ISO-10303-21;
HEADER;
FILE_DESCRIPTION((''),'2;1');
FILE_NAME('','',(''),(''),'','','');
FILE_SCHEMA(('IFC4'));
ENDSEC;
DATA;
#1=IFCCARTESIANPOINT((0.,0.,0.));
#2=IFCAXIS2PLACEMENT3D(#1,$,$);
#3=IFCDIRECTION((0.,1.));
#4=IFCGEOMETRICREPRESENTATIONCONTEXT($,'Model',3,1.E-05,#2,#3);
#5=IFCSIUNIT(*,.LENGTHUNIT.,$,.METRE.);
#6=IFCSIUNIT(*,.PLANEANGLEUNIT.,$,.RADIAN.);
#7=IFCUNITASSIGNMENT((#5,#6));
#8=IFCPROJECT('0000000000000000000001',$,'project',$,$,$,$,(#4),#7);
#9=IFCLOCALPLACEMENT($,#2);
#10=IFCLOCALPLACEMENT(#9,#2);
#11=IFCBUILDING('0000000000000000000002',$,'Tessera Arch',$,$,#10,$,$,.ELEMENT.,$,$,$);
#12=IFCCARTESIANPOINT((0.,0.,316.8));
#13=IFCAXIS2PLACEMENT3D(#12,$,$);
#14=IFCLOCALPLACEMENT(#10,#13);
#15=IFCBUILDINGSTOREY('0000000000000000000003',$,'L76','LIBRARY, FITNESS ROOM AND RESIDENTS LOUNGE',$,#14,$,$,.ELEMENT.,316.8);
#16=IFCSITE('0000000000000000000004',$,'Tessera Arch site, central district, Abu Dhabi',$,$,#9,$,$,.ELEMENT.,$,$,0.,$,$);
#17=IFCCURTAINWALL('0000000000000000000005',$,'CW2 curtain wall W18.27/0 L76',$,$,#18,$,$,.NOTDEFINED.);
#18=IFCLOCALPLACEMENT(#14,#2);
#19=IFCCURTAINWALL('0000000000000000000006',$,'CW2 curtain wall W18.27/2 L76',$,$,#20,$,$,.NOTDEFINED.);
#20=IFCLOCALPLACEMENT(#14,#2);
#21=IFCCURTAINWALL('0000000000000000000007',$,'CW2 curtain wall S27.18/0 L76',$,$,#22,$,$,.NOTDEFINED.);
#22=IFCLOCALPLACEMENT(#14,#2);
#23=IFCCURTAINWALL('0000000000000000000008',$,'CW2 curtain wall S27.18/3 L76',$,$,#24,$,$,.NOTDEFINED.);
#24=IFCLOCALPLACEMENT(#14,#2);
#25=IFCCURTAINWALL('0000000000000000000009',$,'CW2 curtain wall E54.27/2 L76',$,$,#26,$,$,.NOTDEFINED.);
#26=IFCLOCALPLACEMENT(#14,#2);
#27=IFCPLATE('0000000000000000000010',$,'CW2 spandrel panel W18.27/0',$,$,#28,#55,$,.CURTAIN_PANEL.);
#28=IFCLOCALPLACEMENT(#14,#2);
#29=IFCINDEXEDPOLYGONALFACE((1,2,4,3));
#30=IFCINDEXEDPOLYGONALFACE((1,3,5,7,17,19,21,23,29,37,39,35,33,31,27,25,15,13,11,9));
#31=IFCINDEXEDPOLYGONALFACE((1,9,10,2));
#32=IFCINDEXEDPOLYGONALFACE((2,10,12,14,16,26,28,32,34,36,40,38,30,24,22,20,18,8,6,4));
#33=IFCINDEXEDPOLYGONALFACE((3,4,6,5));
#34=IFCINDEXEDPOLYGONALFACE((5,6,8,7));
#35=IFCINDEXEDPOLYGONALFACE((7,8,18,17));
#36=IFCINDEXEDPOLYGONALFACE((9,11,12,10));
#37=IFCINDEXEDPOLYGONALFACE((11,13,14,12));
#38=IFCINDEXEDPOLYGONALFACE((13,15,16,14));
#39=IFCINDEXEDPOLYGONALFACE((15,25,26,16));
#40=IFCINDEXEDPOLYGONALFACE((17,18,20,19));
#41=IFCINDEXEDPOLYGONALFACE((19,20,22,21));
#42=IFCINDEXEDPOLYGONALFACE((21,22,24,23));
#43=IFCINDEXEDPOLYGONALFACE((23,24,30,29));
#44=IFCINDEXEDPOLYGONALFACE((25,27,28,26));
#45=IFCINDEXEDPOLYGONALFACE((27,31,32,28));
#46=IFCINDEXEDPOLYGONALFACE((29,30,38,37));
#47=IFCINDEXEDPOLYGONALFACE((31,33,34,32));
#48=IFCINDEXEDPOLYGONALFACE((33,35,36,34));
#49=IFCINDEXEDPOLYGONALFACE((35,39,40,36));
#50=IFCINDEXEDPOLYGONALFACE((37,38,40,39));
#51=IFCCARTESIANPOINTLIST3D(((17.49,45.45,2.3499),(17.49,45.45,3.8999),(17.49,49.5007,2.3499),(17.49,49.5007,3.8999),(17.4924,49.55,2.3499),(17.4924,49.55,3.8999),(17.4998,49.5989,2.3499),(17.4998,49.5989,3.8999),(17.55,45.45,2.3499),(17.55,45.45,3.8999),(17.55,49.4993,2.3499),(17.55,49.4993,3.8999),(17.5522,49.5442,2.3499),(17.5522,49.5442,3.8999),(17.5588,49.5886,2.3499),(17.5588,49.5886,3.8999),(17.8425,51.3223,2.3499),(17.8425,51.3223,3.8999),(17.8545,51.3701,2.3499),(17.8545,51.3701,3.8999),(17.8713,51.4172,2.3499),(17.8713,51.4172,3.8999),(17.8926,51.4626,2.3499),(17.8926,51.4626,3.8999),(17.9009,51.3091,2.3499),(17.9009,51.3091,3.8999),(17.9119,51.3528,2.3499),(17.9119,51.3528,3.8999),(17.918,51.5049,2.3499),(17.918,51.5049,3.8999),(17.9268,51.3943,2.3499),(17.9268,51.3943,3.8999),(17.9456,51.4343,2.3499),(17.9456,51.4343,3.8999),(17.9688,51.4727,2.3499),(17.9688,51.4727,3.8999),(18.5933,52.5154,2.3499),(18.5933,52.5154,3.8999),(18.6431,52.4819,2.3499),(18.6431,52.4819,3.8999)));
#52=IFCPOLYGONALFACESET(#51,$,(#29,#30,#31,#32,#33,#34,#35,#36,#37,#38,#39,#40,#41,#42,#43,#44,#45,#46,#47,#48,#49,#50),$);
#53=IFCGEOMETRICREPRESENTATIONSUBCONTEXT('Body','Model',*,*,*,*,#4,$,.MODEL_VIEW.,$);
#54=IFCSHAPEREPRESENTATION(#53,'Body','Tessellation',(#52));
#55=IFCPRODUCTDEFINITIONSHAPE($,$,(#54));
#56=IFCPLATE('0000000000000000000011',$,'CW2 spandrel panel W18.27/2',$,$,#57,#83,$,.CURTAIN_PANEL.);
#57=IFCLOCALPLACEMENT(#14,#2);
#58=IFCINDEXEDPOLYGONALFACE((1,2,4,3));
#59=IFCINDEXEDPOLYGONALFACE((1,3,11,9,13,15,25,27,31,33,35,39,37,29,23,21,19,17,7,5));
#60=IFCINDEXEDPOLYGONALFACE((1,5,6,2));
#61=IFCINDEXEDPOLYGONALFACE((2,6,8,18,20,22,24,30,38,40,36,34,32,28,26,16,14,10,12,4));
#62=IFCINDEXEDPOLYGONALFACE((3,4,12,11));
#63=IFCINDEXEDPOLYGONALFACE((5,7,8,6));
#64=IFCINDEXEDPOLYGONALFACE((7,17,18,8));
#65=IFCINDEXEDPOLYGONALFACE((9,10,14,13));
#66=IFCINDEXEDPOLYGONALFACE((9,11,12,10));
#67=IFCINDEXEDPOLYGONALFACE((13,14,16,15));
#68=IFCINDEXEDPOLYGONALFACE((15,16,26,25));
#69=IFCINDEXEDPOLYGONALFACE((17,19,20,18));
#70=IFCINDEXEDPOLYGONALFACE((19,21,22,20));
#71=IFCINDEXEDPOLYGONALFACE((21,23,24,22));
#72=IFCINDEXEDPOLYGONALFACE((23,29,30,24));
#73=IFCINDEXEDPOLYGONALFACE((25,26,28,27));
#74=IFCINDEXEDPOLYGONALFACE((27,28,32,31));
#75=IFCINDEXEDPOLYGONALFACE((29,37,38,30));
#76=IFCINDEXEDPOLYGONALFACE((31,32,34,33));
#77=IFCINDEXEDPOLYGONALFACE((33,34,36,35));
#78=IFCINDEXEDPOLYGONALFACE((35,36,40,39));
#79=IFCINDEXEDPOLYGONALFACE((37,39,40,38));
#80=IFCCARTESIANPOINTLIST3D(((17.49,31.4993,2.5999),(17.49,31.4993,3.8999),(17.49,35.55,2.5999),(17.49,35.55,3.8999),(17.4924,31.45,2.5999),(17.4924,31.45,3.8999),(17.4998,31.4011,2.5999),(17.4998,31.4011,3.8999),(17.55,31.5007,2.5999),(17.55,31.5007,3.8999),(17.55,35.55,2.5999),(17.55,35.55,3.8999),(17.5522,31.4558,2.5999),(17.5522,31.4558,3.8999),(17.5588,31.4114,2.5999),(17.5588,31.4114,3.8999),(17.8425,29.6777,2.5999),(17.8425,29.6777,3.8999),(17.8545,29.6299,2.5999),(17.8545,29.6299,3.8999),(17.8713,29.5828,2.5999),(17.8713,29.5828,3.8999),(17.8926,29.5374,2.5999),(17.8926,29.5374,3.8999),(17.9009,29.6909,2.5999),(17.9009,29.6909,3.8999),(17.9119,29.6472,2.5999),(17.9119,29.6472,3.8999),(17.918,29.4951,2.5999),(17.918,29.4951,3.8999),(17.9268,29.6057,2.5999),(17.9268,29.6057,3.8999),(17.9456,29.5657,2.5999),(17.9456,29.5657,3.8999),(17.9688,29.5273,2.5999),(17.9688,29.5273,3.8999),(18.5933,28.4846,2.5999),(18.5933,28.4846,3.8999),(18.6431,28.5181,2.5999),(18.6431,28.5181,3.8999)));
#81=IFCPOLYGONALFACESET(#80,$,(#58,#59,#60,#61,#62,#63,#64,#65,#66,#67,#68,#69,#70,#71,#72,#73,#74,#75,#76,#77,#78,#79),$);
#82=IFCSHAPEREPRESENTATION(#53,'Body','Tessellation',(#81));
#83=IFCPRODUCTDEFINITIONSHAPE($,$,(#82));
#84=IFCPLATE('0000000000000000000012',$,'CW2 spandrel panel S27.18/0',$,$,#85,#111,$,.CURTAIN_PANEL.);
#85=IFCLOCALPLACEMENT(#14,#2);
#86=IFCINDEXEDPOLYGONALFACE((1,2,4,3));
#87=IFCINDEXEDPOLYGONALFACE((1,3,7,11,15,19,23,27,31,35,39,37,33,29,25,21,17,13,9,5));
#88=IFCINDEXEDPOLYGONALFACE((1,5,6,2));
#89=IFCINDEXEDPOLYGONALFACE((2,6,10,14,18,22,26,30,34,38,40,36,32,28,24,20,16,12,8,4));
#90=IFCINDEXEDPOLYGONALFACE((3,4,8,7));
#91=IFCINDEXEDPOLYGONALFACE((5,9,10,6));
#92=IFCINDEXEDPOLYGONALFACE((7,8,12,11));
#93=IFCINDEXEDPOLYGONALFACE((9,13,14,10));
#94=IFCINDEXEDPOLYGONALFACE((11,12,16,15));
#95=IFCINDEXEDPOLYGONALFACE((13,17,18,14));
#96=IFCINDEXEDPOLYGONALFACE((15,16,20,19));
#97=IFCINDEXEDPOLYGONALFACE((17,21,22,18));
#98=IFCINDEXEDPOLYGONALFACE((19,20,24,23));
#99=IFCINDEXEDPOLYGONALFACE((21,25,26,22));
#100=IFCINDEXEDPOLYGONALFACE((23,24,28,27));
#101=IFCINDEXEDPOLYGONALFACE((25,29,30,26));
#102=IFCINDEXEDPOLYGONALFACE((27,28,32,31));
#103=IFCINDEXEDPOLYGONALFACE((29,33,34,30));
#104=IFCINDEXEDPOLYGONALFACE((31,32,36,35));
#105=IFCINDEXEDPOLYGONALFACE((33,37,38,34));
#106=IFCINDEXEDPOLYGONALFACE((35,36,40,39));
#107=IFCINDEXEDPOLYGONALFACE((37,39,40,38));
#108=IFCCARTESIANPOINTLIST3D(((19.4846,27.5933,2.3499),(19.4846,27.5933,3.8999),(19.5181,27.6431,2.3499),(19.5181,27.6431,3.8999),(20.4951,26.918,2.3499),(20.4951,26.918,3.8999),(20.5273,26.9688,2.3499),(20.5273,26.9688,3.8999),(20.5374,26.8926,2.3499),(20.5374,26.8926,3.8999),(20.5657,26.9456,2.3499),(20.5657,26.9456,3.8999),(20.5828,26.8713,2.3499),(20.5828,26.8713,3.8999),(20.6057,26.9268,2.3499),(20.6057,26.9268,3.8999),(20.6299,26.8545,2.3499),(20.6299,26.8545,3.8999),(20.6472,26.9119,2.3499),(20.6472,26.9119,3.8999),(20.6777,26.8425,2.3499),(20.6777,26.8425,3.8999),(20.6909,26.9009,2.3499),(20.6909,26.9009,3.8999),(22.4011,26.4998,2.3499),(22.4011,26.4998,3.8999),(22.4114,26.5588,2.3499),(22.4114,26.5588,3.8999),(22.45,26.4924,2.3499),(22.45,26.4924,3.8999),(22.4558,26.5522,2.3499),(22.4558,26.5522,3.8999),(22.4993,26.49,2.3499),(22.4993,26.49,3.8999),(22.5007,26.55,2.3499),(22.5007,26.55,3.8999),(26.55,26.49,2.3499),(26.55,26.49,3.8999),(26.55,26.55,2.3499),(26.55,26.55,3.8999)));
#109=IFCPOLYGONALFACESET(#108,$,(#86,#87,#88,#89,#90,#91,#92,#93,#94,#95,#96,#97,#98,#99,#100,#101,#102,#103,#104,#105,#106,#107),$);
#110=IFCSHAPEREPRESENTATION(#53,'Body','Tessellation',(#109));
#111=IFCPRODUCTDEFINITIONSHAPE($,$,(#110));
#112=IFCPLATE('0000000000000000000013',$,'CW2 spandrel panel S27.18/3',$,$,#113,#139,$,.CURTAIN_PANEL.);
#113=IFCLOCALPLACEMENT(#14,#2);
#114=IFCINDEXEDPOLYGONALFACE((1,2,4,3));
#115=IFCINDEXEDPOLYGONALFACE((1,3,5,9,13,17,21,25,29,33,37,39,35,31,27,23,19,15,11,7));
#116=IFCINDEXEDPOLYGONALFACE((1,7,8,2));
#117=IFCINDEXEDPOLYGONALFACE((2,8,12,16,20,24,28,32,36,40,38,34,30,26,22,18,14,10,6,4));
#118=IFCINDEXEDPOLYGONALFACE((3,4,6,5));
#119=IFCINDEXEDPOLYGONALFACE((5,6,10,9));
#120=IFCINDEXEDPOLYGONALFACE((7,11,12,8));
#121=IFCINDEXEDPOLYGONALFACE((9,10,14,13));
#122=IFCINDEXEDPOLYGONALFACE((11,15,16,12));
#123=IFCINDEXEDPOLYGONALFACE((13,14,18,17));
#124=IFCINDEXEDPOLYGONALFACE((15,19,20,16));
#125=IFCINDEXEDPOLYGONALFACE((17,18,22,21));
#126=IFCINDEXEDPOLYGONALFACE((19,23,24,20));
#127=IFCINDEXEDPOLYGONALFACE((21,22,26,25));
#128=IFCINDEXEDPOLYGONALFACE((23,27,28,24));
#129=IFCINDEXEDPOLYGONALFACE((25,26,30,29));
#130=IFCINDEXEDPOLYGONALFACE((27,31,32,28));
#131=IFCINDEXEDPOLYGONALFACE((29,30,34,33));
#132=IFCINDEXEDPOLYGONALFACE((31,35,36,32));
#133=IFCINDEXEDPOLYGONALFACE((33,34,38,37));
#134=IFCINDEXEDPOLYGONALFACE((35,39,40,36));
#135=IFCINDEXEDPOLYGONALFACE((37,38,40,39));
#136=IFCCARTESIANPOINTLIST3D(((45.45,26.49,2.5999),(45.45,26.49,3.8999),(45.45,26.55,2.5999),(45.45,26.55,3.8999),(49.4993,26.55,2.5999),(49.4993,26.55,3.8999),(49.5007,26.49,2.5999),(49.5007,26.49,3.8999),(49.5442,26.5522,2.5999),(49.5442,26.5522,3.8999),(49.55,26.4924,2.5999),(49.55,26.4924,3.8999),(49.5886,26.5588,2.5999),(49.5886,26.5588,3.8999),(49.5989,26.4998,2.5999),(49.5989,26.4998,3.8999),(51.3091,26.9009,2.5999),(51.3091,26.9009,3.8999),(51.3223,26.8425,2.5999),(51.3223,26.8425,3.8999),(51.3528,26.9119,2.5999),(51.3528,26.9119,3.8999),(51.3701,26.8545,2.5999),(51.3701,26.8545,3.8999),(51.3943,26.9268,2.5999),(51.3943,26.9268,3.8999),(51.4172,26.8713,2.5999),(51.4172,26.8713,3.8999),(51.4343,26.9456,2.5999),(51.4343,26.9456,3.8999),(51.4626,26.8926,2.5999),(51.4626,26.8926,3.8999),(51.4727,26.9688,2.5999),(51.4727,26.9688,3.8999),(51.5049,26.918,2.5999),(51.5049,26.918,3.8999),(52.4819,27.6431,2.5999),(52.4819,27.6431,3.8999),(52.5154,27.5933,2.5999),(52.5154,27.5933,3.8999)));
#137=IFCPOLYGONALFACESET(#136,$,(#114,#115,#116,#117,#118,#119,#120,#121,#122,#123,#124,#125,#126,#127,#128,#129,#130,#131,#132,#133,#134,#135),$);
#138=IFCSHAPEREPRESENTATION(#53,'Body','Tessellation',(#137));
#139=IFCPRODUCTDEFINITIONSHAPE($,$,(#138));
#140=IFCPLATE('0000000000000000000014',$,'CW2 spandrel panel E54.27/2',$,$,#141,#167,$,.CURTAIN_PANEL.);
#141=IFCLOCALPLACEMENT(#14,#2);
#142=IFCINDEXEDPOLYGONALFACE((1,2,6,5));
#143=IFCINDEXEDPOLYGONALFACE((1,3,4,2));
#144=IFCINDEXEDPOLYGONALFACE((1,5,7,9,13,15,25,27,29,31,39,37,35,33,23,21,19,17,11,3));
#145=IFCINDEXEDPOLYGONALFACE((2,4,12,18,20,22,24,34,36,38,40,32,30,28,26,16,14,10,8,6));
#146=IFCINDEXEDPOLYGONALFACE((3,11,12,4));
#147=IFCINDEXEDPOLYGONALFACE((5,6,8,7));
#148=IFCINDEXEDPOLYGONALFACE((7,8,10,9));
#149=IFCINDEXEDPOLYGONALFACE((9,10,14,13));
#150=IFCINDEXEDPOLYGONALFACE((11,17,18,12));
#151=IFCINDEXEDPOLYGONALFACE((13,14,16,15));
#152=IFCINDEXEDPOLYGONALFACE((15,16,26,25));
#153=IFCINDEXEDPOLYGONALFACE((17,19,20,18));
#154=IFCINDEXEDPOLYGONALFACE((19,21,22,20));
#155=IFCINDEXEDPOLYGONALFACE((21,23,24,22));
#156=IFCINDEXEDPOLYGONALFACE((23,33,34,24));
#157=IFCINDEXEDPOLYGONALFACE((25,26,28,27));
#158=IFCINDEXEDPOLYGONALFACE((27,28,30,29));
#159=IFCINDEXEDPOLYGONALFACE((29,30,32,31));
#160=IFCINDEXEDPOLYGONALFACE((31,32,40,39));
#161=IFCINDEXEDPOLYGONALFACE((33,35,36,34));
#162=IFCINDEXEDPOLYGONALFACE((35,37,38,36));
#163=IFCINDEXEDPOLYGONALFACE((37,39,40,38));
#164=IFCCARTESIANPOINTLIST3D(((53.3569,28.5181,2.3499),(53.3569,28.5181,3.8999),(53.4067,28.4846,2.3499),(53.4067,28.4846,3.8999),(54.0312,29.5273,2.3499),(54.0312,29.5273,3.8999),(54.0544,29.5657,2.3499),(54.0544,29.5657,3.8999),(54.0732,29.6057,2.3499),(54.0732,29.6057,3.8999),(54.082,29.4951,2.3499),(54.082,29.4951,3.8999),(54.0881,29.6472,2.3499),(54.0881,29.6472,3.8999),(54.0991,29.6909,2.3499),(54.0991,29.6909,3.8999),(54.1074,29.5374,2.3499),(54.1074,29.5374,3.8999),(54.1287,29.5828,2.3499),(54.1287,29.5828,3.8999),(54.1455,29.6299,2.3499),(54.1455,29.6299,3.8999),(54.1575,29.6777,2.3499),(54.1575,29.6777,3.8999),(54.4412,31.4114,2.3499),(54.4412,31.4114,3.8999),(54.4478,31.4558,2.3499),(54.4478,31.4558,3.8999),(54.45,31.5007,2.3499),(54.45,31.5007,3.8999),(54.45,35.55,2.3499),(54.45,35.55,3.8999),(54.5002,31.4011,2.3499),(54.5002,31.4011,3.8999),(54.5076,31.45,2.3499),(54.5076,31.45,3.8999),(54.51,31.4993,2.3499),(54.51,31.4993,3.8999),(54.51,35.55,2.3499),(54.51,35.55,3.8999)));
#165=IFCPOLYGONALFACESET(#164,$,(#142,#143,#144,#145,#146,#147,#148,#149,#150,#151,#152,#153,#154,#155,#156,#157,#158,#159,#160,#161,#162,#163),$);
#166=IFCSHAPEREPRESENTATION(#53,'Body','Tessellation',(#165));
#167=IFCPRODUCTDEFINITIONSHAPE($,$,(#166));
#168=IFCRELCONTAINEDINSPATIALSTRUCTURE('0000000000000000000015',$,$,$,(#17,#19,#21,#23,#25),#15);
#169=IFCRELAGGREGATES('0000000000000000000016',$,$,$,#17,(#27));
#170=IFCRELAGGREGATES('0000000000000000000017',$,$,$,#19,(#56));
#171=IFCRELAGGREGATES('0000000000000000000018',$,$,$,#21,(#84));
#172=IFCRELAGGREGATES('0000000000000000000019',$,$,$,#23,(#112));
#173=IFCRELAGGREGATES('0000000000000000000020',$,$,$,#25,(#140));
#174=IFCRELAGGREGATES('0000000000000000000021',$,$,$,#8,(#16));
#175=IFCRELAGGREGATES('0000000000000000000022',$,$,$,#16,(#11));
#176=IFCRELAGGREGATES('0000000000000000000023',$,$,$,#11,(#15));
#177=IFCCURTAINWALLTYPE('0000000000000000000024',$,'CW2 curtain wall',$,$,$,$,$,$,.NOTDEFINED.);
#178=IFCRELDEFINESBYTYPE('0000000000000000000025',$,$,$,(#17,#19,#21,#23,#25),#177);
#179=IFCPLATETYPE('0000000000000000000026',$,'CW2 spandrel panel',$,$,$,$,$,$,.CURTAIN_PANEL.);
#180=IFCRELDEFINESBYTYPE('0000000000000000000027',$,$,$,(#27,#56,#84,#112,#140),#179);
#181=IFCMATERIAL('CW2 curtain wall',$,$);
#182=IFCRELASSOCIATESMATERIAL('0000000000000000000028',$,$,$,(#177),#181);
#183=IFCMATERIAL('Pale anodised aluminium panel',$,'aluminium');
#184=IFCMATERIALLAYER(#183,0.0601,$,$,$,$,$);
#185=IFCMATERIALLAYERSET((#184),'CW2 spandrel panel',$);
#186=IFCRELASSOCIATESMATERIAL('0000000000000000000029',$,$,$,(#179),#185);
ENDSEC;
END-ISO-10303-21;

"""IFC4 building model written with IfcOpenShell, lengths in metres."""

from ifc_helpers import new_model, si_unit, direction, frame, origin, place, context, subcontext, project, spatial, polyline, outline, extrude, material, layer, layer_set, type_object, element, aggregate, save


model = new_model("IFC4")

# Units and contexts
model_context = context("Model", 3, precision=1e-05, world=origin(), true_north=direction((0.0, 1.0)))
body_context = subcontext(model_context, "Body", "Model", "MODEL_VIEW")
ifc_project = project(units=[si_unit("LENGTHUNIT", "METRE"), si_unit("PLANEANGLEUNIT", "RADIAN")], contexts=[model_context])

# Site, building, storey
site_placement = place(None, origin())
site = spatial("IfcSite", under=ifc_project, at=site_placement, Name="Tessera Arch site, central district, Abu Dhabi", CompositionType="ELEMENT", RefElevation=0.0)
building_placement = place(site_placement, origin())
building = spatial("IfcBuilding", under=site, at=building_placement, Name="Tessera Arch", CompositionType="ELEMENT")
storey_placement = place(building_placement, frame((0.0, 0.0, 316.8)))
storey = spatial("IfcBuildingStorey", under=building, at=storey_placement, Name="L76", Description="LIBRARY, FITNESS ROOM AND RESIDENTS LOUNGE", CompositionType="ELEMENT", Elevation=316.8)

# Curtain walls
ifc_material_1 = material(Name="CW2 curtain wall")
curtain_wall_type = type_object("IfcCurtainWallType", Name="CW2 curtain wall", PredefinedType="NOTDEFINED", material=ifc_material_1)
curtain_wall_1_placement = place(storey_placement, origin())
curtain_wall_1 = element("IfcCurtainWall", 1, at=curtain_wall_1_placement, inside=storey, type_object=curtain_wall_type, Name="CW2 curtain wall W18.27/0 L76", PredefinedType="NOTDEFINED")
curtain_wall_2_placement = place(storey_placement, origin())
curtain_wall_2 = element("IfcCurtainWall", 2, at=curtain_wall_2_placement, inside=storey, type_object=curtain_wall_type, Name="CW2 curtain wall W18.27/2 L76", PredefinedType="NOTDEFINED")
curtain_wall_3_placement = place(storey_placement, origin())
curtain_wall_3 = element("IfcCurtainWall", 3, at=curtain_wall_3_placement, inside=storey, type_object=curtain_wall_type, Name="CW2 curtain wall S27.18/0 L76", PredefinedType="NOTDEFINED")
curtain_wall_4_placement = place(storey_placement, origin())
curtain_wall_4 = element("IfcCurtainWall", 4, at=curtain_wall_4_placement, inside=storey, type_object=curtain_wall_type, Name="CW2 curtain wall S27.18/3 L76", PredefinedType="NOTDEFINED")
curtain_wall_5_placement = place(storey_placement, origin())
curtain_wall_5 = element("IfcCurtainWall", 5, at=curtain_wall_5_placement, inside=storey, type_object=curtain_wall_type, Name="CW2 curtain wall E54.27/2 L76", PredefinedType="NOTDEFINED")

# Plates
ifc_material_2 = material(Name="Pale anodised aluminium panel", Category="aluminium")
ifc_layer_1 = layer(ifc_material_2, 0.0601)
ifc_layer_set_1 = layer_set([ifc_layer_1], Name="CW2 spandrel panel")
plate_type_1 = type_object("IfcPlateType", Name="CW2 spandrel panel", PredefinedType="CURTAIN_PANEL", material=ifc_layer_set_1)
plate_1_placement = place(storey_placement, frame((0.0, 0.0, 2.3499)))
plate_1 = element("IfcPlate", 6, at=plate_1_placement, type_object=plate_type_1, Name="CW2 spandrel panel W18.27/0", PredefinedType="CURTAIN_PANEL", context=body_context, shape_type="SweptSolid", body=[
    extrude(outline(polyline([(17.9688, 51.4727), (18.6431, 52.4819), (18.5933, 52.5154), (17.918, 51.5049), (17.8926, 51.4626), (17.8713, 51.4172), (17.8545, 51.3701), (17.8425, 51.3223), (17.4998, 49.5989), (17.4924, 49.55), (17.49, 49.5007), (17.49, 45.45), (17.55, 45.45), (17.55, 49.4993), (17.5522, 49.5442), (17.5588, 49.5886), (17.9009, 51.3091), (17.9119, 51.3528), (17.9268, 51.3943), (17.9456, 51.4343), (17.9688, 51.4727)])), origin(), (0.0, 0.0, 1.0), 1.55),
])
aggregate(curtain_wall_1, [plate_1])
plate_2_placement = place(storey_placement, frame((0.0, 0.0, 2.5999)))
plate_2 = element("IfcPlate", 7, at=plate_2_placement, type_object=plate_type_1, Name="CW2 spandrel panel W18.27/2", PredefinedType="CURTAIN_PANEL", context=body_context, shape_type="SweptSolid", body=[
    extrude(outline(polyline([(17.55, 31.5007), (17.55, 35.55), (17.49, 35.55), (17.49, 31.4993), (17.4924, 31.45), (17.4998, 31.4011), (17.8425, 29.6777), (17.8545, 29.6299), (17.8713, 29.5828), (17.8926, 29.5374), (17.918, 29.4951), (18.5933, 28.4846), (18.6431, 28.5181), (17.9688, 29.5273), (17.9456, 29.5657), (17.9268, 29.6057), (17.9119, 29.6472), (17.9009, 29.6909), (17.5588, 31.4114), (17.5522, 31.4558), (17.55, 31.5007)])), origin(), (0.0, 0.0, 1.0), 1.3),
])
aggregate(curtain_wall_2, [plate_2])
plate_3_placement = place(storey_placement, frame((0.0, 0.0, 2.3499)))
plate_3 = element("IfcPlate", 8, at=plate_3_placement, type_object=plate_type_1, Name="CW2 spandrel panel S27.18/0", PredefinedType="CURTAIN_PANEL", context=body_context, shape_type="SweptSolid", body=[
    extrude(outline(polyline([(20.5273, 26.9688), (19.5181, 27.6431), (19.4846, 27.5933), (20.4951, 26.918), (20.5374, 26.8926), (20.5828, 26.8713), (20.6299, 26.8545), (20.6777, 26.8425), (22.4011, 26.4998), (22.45, 26.4924), (22.4993, 26.49), (26.55, 26.49), (26.55, 26.55), (22.5007, 26.55), (22.4558, 26.5522), (22.4114, 26.5588), (20.6909, 26.9009), (20.6472, 26.9119), (20.6057, 26.9268), (20.5657, 26.9456), (20.5273, 26.9688)])), origin(), (0.0, 0.0, 1.0), 1.55),
])
aggregate(curtain_wall_3, [plate_3])
plate_4_placement = place(storey_placement, frame((0.0, 0.0, 2.5999)))
plate_4 = element("IfcPlate", 9, at=plate_4_placement, type_object=plate_type_1, Name="CW2 spandrel panel S27.18/3", PredefinedType="CURTAIN_PANEL", context=body_context, shape_type="SweptSolid", body=[
    extrude(outline(polyline([(49.4993, 26.55), (45.45, 26.55), (45.45, 26.49), (49.5007, 26.49), (49.55, 26.4924), (49.5989, 26.4998), (51.3223, 26.8425), (51.3701, 26.8545), (51.4172, 26.8713), (51.4626, 26.8926), (51.5049, 26.918), (52.5154, 27.5933), (52.4819, 27.6431), (51.4727, 26.9688), (51.4343, 26.9456), (51.3943, 26.9268), (51.3528, 26.9119), (51.3091, 26.9009), (49.5886, 26.5588), (49.5442, 26.5522), (49.4993, 26.55)])), origin(), (0.0, 0.0, 1.0), 1.3),
])
aggregate(curtain_wall_4, [plate_4])
plate_5_placement = place(storey_placement, frame((0.0, 0.0, 2.3499)))
plate_5 = element("IfcPlate", 10, at=plate_5_placement, type_object=plate_type_1, Name="CW2 spandrel panel E54.27/2", PredefinedType="CURTAIN_PANEL", context=body_context, shape_type="SweptSolid", body=[
    extrude(outline(polyline([(54.0312, 29.5273), (53.3569, 28.5181), (53.4067, 28.4846), (54.082, 29.4951), (54.1074, 29.5374), (54.1287, 29.5828), (54.1455, 29.6299), (54.1575, 29.6777), (54.5002, 31.4011), (54.5076, 31.45), (54.51, 31.4993), (54.51, 35.55), (54.45, 35.55), (54.45, 31.5007), (54.4478, 31.4558), (54.4412, 31.4114), (54.0991, 29.6909), (54.0881, 29.6472), (54.0732, 29.6057), (54.0544, 29.5657), (54.0312, 29.5273)])), origin(), (0.0, 0.0, 1.0), 1.55),
])
aggregate(curtain_wall_5, [plate_5])

save(model, "model.ifc")
